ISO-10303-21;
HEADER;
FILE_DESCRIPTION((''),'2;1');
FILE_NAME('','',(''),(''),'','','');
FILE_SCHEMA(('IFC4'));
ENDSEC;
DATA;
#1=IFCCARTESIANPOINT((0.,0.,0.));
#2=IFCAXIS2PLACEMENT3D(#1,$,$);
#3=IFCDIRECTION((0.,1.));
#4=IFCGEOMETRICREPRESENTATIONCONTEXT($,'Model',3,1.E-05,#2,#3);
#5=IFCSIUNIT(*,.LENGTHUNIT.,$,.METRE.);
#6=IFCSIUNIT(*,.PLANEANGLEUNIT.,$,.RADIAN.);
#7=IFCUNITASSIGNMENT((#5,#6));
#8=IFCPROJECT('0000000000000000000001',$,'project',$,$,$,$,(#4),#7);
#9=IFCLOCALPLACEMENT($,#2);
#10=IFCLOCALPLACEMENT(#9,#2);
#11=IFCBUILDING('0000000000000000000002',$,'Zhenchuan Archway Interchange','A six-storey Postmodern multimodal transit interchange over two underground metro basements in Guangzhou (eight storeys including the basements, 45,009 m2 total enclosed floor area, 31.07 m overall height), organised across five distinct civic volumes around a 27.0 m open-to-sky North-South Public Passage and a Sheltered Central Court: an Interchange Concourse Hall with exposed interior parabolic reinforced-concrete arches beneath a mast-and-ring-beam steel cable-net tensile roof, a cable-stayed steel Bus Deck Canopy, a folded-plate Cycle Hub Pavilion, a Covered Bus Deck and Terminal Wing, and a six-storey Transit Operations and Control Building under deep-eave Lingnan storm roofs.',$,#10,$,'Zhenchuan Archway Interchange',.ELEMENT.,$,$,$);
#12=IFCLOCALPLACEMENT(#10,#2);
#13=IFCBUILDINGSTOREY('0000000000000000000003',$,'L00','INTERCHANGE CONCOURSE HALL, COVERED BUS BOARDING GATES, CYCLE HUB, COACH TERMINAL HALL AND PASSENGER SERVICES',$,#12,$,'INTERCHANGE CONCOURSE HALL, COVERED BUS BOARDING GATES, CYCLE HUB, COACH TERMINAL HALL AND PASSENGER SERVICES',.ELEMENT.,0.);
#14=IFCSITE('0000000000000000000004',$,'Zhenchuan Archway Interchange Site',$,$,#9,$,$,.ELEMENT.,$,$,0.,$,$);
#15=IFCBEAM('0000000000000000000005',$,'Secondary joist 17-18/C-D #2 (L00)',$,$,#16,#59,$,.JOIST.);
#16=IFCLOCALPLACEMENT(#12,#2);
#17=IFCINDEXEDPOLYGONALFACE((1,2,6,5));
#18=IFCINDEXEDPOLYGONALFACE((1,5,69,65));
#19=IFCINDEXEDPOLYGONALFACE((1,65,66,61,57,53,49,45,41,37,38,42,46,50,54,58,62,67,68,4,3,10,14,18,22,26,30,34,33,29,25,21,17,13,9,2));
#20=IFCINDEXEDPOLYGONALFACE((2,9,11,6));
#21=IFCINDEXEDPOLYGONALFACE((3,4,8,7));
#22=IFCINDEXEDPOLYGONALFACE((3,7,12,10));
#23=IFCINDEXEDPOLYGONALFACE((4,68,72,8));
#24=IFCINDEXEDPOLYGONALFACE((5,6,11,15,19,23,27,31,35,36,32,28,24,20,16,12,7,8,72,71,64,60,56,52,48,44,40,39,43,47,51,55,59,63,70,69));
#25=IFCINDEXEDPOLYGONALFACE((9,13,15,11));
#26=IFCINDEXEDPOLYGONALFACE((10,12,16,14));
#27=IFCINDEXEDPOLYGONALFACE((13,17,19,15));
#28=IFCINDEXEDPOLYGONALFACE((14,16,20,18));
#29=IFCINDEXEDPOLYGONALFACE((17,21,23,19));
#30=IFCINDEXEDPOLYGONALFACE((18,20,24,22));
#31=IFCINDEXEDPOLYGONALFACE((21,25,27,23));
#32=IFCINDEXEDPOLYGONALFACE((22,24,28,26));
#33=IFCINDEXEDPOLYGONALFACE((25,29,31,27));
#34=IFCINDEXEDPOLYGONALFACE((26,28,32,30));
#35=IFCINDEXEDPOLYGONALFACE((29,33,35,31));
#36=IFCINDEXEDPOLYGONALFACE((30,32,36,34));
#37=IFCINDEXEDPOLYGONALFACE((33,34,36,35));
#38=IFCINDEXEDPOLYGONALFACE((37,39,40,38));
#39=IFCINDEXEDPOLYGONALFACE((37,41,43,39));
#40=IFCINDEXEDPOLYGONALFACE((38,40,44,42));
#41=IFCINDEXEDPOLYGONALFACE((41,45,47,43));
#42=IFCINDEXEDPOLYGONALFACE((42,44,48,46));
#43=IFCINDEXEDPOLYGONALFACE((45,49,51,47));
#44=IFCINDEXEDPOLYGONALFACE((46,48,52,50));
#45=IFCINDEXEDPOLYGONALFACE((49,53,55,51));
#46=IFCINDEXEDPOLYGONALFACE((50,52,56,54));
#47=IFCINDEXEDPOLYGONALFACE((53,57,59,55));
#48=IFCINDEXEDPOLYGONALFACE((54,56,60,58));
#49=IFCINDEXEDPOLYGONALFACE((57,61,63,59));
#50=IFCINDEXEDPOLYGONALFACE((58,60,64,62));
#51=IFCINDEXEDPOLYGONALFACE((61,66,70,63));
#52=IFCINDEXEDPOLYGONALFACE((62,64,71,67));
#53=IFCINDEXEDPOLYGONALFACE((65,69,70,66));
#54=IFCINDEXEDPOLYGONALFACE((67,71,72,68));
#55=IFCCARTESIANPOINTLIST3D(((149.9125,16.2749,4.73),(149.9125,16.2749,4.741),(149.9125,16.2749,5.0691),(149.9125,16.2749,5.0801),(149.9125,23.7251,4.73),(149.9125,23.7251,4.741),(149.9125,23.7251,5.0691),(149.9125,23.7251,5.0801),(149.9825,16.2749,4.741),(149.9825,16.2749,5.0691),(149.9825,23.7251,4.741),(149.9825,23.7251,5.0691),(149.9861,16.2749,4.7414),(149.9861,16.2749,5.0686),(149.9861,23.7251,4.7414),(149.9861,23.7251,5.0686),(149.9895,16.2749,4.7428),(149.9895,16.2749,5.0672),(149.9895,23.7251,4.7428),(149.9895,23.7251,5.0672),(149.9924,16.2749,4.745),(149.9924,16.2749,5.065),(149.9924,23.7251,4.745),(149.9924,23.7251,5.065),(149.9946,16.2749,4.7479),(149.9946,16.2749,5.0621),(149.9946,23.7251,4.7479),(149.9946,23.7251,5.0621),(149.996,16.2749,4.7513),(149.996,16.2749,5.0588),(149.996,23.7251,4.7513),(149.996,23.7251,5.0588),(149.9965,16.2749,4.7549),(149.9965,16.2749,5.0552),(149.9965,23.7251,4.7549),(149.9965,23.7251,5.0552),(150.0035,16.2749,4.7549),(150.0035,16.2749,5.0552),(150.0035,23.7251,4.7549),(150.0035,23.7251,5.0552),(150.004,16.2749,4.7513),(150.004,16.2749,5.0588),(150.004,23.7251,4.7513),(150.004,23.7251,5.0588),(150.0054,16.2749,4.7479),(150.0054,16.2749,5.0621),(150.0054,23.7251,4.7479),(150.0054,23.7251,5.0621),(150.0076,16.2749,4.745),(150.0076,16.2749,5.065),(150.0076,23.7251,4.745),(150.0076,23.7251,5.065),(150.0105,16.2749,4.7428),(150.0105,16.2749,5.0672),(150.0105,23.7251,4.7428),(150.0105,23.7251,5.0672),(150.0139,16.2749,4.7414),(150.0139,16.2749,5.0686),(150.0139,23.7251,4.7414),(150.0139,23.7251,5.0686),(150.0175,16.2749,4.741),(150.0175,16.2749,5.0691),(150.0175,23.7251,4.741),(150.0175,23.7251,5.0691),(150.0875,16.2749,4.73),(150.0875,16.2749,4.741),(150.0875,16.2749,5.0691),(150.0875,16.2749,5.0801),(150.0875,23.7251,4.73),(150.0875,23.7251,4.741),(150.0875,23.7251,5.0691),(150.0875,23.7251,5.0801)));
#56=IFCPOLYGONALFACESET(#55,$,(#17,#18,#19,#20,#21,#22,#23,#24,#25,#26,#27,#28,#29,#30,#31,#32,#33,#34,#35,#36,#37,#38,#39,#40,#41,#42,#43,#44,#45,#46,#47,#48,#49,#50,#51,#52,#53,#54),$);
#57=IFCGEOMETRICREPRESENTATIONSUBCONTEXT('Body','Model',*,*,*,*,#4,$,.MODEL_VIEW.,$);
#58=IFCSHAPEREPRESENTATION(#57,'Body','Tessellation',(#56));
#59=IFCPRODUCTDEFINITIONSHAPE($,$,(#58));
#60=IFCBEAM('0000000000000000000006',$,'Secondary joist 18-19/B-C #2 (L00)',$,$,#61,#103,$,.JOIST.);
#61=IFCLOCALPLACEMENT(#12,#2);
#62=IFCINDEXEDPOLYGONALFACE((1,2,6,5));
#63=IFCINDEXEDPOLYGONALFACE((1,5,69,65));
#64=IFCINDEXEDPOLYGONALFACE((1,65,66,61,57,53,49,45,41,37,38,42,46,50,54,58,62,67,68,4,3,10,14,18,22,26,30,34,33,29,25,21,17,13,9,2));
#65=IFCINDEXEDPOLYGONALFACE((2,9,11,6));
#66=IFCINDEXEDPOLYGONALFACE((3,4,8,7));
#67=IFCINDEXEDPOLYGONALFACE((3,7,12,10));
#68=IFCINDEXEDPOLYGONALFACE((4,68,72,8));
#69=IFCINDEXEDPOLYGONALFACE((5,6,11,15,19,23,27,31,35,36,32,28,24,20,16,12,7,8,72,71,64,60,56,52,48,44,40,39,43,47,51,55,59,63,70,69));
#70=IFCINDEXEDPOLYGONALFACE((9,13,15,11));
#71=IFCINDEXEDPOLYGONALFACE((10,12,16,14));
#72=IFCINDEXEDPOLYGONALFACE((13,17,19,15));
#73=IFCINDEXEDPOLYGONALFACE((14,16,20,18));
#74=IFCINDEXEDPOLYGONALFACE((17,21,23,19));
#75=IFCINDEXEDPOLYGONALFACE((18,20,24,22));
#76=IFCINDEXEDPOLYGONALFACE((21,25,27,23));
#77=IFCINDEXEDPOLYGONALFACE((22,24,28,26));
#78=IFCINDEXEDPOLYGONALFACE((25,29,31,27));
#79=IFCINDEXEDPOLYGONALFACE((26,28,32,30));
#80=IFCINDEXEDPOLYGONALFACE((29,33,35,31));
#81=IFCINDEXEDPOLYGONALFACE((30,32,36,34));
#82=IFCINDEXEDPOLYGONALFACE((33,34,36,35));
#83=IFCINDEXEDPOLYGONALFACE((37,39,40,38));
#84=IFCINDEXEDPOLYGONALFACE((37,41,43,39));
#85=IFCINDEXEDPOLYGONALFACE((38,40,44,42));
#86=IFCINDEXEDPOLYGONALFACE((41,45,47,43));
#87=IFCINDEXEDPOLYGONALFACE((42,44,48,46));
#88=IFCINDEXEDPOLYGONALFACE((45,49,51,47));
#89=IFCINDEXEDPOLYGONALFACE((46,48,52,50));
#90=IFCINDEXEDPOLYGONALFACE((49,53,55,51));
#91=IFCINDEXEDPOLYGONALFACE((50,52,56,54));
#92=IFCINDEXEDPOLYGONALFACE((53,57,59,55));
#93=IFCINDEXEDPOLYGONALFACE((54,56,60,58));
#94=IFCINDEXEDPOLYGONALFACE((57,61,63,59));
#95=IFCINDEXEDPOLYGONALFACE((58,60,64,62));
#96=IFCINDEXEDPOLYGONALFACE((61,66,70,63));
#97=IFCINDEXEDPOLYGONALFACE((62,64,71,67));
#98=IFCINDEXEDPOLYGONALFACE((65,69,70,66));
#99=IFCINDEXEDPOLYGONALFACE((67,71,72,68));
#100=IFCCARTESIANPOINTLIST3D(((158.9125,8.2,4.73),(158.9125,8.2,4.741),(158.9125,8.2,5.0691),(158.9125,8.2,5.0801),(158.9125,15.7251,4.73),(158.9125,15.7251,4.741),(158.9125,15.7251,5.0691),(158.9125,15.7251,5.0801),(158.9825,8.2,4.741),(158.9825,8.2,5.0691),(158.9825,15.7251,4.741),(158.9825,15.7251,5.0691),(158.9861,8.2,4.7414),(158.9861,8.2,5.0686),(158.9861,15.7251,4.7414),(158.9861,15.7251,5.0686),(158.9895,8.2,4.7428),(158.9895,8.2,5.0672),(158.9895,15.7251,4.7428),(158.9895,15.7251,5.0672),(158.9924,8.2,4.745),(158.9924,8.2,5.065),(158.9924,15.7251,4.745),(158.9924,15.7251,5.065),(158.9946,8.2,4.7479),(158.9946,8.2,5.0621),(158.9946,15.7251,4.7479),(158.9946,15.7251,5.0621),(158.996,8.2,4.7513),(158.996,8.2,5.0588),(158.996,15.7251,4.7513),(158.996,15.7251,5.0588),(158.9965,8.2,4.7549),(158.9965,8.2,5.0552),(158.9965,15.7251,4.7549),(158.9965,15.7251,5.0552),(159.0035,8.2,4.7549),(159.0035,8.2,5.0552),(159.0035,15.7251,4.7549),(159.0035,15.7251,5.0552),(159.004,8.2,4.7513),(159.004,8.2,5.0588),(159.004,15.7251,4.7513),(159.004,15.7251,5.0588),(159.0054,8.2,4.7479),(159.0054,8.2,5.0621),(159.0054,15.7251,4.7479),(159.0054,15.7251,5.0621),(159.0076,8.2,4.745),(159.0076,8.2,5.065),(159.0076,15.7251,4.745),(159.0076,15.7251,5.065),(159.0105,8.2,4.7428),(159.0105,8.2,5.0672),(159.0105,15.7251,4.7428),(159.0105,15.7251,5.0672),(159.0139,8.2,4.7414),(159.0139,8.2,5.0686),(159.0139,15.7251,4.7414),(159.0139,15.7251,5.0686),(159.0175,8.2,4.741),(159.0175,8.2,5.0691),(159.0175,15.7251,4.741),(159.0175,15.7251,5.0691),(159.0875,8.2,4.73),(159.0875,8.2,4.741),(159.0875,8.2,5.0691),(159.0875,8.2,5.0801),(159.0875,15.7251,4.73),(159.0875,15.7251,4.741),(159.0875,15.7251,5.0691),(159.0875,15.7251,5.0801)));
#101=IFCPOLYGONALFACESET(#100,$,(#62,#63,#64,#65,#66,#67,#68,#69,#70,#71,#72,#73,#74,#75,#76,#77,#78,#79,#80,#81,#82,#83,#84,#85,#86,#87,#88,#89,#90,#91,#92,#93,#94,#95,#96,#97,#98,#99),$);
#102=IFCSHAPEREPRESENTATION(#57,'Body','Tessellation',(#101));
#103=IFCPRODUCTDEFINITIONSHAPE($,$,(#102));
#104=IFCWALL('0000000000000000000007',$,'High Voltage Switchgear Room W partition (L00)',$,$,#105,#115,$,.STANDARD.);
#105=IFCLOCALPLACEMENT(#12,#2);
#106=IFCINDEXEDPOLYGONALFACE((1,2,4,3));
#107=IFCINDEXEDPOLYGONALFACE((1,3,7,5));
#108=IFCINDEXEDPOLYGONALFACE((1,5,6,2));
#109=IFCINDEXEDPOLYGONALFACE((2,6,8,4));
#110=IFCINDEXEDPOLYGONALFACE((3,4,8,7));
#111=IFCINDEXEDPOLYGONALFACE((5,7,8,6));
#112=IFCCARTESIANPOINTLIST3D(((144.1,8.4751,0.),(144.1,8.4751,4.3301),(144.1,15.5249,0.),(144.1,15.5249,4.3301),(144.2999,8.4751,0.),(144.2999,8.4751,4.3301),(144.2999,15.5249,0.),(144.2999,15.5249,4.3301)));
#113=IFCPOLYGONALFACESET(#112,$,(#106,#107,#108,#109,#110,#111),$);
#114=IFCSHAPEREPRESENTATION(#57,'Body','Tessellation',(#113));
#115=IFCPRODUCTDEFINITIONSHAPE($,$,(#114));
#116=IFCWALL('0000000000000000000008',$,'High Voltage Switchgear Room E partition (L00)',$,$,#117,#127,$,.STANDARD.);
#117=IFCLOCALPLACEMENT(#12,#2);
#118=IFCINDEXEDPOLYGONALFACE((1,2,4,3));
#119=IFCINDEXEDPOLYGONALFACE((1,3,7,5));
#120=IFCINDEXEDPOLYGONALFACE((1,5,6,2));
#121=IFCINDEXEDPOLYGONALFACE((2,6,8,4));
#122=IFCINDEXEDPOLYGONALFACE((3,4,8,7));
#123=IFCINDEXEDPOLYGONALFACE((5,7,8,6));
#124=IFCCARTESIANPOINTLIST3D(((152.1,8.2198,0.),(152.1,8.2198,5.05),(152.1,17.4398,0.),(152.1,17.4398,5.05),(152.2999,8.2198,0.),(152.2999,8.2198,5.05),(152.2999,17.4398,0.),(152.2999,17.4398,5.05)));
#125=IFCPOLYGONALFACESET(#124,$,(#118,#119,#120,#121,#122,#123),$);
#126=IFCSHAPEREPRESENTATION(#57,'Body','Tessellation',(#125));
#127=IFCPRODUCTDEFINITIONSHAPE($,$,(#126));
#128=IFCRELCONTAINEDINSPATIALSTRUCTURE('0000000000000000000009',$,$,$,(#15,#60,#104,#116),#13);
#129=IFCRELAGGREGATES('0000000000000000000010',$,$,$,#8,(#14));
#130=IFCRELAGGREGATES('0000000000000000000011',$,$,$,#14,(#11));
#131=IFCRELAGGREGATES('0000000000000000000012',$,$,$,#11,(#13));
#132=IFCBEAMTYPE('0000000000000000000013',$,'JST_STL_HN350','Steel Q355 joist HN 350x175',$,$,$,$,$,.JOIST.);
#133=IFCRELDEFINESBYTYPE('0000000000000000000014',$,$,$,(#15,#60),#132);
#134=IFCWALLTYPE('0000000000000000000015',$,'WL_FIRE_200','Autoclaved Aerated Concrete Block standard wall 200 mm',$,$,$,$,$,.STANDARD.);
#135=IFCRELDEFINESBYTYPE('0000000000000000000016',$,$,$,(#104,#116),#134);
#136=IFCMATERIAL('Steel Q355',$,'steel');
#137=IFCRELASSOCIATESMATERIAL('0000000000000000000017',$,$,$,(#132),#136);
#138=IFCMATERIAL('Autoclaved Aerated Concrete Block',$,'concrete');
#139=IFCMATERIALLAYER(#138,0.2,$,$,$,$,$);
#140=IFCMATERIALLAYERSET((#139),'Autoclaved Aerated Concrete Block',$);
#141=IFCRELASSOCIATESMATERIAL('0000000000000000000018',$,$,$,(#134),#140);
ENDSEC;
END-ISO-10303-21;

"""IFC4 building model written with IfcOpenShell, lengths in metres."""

from ifc_helpers import new_model, si_unit, direction, frame, frame_2d, origin, origin_2d, place, context, subcontext, project, spatial, rectangle, i_section, extrude, material, layer, layer_set, material_profile, profile_set, type_object, element, save


model = new_model("IFC4")

# Units and contexts
model_context = context("Model", 3, precision=1e-05, world=origin(), true_north=direction((0.0, 1.0)))
body_context = subcontext(model_context, "Body", "Model", "MODEL_VIEW")
ifc_project = project(units=[si_unit("LENGTHUNIT", "METRE"), si_unit("PLANEANGLEUNIT", "RADIAN")], contexts=[model_context])

# Site, building, storey
site_placement = place(None, origin())
site = spatial("IfcSite", under=ifc_project, at=site_placement, Name="Zhenchuan Archway Interchange Site", CompositionType="ELEMENT", RefElevation=0.0)
building_placement = place(site_placement, origin())
building = spatial("IfcBuilding", under=site, at=building_placement, Name="Zhenchuan Archway Interchange", Description="A six-storey Postmodern multimodal transit interchange over two underground metro basements in Guangzhou (eight storeys including the basements, 45,009 m2 total enclosed floor area, 31.07 m overall height), organised across five distinct civic volumes around a 27.0 m open-to-sky North-South Public Passage and a Sheltered Central Court: an Interchange Concourse Hall with exposed interior parabolic reinforced-concrete arches beneath a mast-and-ring-beam steel cable-net tensile roof, a cable-stayed steel Bus Deck Canopy, a folded-plate Cycle Hub Pavilion, a Covered Bus Deck and Terminal Wing, and a six-storey Transit Operations and Control Building under deep-eave Lingnan storm roofs.", LongName="Zhenchuan Archway Interchange", CompositionType="ELEMENT")
storey_placement = place(building_placement, origin())
storey = spatial("IfcBuildingStorey", under=building, at=storey_placement, Name="L00", Description="INTERCHANGE CONCOURSE HALL, COVERED BUS BOARDING GATES, CYCLE HUB, COACH TERMINAL HALL AND PASSENGER SERVICES", LongName="INTERCHANGE CONCOURSE HALL, COVERED BUS BOARDING GATES, CYCLE HUB, COACH TERMINAL HALL AND PASSENGER SERVICES", CompositionType="ELEMENT", Elevation=0.0)

# Beams
ifc_material_1 = material(Name="Steel Q355", Category="steel")
ifc_material_profile_1 = material_profile(ifc_material_1, i_section(OverallWidth=0.175, OverallDepth=0.3501, WebThickness=0.0071, FlangeThickness=0.011, FilletRadius=0.0139, at=origin_2d()), Name="HN 350x175")
ifc_profile_set_1 = profile_set([ifc_material_profile_1], Name="Steel Q355")
beam_type_1 = type_object("IfcBeamType", Name="JST_STL_HN350", Description="Steel Q355 joist HN 350x175", PredefinedType="JOIST", material=ifc_profile_set_1)
for number, where, z_axis, x_axis, name in (
    (1, (150.0, 16.2749, 4.905), (0.0, 1.0, 0.0), (-1.0, 0.0, 0.0), "Secondary joist 17-18/C-D #2 (L00)"),
):
    element("IfcBeam", number, at=place(storey_placement, frame(where, z_axis=z_axis, x_axis=x_axis)), inside=storey, type_object=beam_type_1, Name=name, PredefinedType="JOIST", context=body_context, shape_type="SweptSolid", body=[
        extrude(i_section(OverallWidth=0.175, OverallDepth=0.3501, WebThickness=0.0071, FlangeThickness=0.011, FilletRadius=0.0139, at=origin_2d()), origin(), (0.0, 0.0, 1.0), 7.4502),
    ])
beam_1_placement = place(storey_placement, frame((159.0, 8.2, 4.905), z_axis=(0.0, 1.0, 0.0), x_axis=(-1.0, 0.0, 0.0)))
element("IfcBeam", 2, at=beam_1_placement, inside=storey, type_object=beam_type_1, Name="Secondary joist 18-19/B-C #2 (L00)", PredefinedType="JOIST", context=body_context, shape_type="SweptSolid", body=[
    extrude(i_section(OverallWidth=0.175, OverallDepth=0.3501, WebThickness=0.0071, FlangeThickness=0.011, FilletRadius=0.0139, at=origin_2d()), origin(), (0.0, 0.0, 1.0), 7.5251),
])

# Walls
ifc_material_2 = material(Name="Autoclaved Aerated Concrete Block", Category="concrete")
ifc_layer = layer(ifc_material_2, 0.2)
ifc_layer_set = layer_set([ifc_layer], Name="Autoclaved Aerated Concrete Block")
wall_type = type_object("IfcWallType", Name="WL_FIRE_200", Description="Autoclaved Aerated Concrete Block standard wall 200 mm", PredefinedType="STANDARD", material=ifc_layer_set)
wall_1_placement = place(storey_placement, frame((144.2, 8.4751, 0.0), z_axis=(0.0, 0.0, 1.0), x_axis=(0.0, 1.0, 0.0)))
element("IfcWall", 3, at=wall_1_placement, inside=storey, type_object=wall_type, Name="High Voltage Switchgear Room W partition (L00)", PredefinedType="STANDARD", context=body_context, shape_type="SweptSolid", body=[
    extrude(rectangle(XDim=7.0498, YDim=0.2, at=frame_2d((3.5249, 0.0))), origin(), (0.0, 0.0, 1.0), 4.3301),
])
wall_2_placement = place(storey_placement, frame((152.2, 8.22, 0.0), z_axis=(0.0, 0.0, 1.0), x_axis=(0.0, 1.0, 0.0)))
element("IfcWall", 4, at=wall_2_placement, inside=storey, type_object=wall_type, Name="High Voltage Switchgear Room E partition (L00)", PredefinedType="STANDARD", context=body_context, shape_type="SweptSolid", body=[
    extrude(rectangle(XDim=9.22, YDim=0.2, at=frame_2d((4.6099, 0.0))), origin(), (0.0, 0.0, 1.0), 5.05),
])

save(model, "model.ifc")
